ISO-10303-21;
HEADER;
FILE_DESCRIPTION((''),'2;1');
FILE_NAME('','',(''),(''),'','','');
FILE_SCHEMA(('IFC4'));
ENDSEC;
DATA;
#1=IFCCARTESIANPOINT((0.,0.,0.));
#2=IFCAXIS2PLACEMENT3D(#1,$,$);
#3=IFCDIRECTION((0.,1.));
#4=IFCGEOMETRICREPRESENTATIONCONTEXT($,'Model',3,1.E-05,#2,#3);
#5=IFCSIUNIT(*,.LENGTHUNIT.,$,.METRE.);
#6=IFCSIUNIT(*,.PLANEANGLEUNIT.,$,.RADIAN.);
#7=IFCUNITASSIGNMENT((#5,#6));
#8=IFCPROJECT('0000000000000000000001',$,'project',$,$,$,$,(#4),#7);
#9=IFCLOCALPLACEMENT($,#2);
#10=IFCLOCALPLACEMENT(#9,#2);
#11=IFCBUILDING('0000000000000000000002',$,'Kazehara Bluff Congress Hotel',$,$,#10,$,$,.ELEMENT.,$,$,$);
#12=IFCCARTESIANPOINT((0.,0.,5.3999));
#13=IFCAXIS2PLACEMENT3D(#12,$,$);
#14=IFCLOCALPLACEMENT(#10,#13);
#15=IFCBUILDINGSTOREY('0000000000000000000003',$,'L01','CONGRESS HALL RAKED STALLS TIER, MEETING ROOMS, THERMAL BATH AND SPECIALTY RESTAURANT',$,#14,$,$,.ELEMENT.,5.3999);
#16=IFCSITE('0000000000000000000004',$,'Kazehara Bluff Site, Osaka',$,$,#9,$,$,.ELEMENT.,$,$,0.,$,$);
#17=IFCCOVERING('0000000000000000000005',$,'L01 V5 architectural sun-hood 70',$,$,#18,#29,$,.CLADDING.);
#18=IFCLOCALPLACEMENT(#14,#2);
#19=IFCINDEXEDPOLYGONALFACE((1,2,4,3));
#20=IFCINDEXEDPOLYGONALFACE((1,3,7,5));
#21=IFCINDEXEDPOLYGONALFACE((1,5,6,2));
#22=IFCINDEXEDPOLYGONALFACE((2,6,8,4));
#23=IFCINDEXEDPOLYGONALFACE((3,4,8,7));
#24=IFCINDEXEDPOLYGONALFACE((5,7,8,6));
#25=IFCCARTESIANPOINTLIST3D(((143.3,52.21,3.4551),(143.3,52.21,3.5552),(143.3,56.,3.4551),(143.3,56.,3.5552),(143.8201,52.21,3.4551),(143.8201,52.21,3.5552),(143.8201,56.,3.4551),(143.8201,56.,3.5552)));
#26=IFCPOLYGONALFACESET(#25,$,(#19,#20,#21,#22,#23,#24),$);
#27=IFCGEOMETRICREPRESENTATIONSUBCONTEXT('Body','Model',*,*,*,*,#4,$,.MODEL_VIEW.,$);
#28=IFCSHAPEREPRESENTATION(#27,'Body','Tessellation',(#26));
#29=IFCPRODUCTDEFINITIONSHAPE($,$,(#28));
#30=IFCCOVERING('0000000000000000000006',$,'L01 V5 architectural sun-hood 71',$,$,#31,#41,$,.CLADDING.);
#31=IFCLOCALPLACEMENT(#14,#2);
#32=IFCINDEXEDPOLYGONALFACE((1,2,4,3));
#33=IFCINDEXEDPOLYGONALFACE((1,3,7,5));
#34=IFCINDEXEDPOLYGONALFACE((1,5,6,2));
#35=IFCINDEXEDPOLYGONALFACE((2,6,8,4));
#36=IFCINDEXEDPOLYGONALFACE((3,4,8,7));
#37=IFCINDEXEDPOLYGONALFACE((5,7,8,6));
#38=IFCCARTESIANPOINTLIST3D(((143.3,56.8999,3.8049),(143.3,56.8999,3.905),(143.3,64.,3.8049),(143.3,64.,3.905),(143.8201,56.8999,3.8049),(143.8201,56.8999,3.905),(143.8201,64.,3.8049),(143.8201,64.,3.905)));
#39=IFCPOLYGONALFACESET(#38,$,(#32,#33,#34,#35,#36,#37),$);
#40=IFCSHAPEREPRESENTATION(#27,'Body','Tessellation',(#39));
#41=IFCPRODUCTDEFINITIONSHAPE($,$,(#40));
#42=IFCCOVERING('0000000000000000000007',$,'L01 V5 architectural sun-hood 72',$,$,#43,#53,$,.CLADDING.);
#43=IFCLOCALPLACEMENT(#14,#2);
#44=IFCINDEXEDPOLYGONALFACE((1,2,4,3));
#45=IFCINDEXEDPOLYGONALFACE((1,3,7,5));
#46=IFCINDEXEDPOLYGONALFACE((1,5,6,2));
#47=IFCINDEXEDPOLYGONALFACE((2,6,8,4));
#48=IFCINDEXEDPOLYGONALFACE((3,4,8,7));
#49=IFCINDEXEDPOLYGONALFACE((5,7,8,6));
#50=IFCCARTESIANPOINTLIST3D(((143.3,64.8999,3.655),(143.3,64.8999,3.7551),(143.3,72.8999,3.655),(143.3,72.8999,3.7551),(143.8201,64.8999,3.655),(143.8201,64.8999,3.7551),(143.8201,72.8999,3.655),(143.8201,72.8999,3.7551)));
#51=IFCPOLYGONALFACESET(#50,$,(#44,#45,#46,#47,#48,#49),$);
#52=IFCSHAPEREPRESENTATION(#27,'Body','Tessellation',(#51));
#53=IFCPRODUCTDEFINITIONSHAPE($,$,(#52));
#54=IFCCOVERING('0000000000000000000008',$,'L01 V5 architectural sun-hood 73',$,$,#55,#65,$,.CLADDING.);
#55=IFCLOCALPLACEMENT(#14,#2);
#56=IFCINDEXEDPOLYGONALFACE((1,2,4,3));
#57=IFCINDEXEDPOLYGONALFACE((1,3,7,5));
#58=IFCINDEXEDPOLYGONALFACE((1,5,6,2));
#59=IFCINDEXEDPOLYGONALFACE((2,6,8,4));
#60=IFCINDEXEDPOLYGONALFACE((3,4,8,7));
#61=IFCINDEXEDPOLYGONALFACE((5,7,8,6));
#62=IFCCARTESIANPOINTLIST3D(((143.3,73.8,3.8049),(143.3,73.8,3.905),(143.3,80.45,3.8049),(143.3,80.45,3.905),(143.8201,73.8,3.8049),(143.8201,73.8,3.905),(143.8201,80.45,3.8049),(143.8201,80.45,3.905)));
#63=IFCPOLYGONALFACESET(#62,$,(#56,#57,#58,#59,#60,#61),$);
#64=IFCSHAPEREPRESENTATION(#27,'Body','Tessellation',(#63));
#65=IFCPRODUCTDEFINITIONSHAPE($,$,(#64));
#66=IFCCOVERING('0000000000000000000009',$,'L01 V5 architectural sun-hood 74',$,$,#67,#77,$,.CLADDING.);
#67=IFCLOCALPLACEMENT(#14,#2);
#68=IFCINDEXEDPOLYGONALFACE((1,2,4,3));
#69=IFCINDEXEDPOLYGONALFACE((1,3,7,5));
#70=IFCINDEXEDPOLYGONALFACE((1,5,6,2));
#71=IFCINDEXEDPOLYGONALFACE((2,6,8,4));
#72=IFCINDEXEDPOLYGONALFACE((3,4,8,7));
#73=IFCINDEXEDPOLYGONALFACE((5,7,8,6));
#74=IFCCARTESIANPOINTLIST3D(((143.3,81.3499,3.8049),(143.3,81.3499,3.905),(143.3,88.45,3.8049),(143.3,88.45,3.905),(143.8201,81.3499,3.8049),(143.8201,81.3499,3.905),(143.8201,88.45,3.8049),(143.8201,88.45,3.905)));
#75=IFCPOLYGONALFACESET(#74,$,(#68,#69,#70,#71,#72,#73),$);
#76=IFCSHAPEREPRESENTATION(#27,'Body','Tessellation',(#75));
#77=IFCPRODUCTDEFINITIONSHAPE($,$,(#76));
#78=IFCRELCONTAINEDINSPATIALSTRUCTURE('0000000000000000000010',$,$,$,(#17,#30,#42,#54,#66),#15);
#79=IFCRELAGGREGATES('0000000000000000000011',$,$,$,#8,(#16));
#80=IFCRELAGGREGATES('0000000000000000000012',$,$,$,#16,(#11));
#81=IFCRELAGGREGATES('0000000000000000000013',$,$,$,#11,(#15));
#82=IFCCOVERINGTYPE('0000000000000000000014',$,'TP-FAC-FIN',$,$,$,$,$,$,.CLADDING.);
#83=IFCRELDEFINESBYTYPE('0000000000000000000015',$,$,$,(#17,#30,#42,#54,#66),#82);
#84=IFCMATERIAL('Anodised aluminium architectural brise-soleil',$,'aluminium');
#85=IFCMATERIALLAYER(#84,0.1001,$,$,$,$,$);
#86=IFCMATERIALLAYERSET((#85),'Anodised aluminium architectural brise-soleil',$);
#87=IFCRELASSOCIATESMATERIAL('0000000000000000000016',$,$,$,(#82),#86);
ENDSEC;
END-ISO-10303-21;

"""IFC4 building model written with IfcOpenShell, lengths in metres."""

from ifc_helpers import new_model, si_unit, direction, frame, origin, origin_2d, place, context, subcontext, project, spatial, rectangle, extrude, material, layer, layer_set, type_object, element, save


model = new_model("IFC4")

# Units and contexts
model_context = context("Model", 3, precision=1e-05, world=origin(), true_north=direction((0.0, 1.0)))
body_context = subcontext(model_context, "Body", "Model", "MODEL_VIEW")
ifc_project = project(units=[si_unit("LENGTHUNIT", "METRE"), si_unit("PLANEANGLEUNIT", "RADIAN")], contexts=[model_context])

# Site, building, storey
site_placement = place(None, origin())
site = spatial("IfcSite", under=ifc_project, at=site_placement, Name="Kazehara Bluff Site, Osaka", CompositionType="ELEMENT", RefElevation=0.0)
building_placement = place(site_placement, origin())
building = spatial("IfcBuilding", under=site, at=building_placement, Name="Kazehara Bluff Congress Hotel", CompositionType="ELEMENT")
storey_placement = place(building_placement, frame((0.0, 0.0, 5.3999)))
storey = spatial("IfcBuildingStorey", under=building, at=storey_placement, Name="L01", Description="CONGRESS HALL RAKED STALLS TIER, MEETING ROOMS, THERMAL BATH AND SPECIALTY RESTAURANT", CompositionType="ELEMENT", Elevation=5.3999)

# Coverings
ifc_material_1 = material(Name="Anodised aluminium architectural brise-soleil", Category="aluminium")
ifc_layer_1 = layer(ifc_material_1, 0.1001)
ifc_layer_set_1 = layer_set([ifc_layer_1], Name="Anodised aluminium architectural brise-soleil")
covering_type = type_object("IfcCoveringType", Name="TP-FAC-FIN", PredefinedType="CLADDING", material=ifc_layer_set_1)
covering_1_placement = place(storey_placement, frame((143.5601, 54.105, 3.4551), z_axis=(0.0, 0.0, 1.0), x_axis=(1.0, 0.0, 0.0)))
element("IfcCovering", 1, at=covering_1_placement, inside=storey, type_object=covering_type, Name="L01 V5 architectural sun-hood 70", PredefinedType="CLADDING", context=body_context, shape_type="SweptSolid", body=[
    extrude(rectangle(XDim=0.52, YDim=3.79, at=origin_2d()), origin(), (0.0, 0.0, 1.0), 0.1001),
])
covering_2_placement = place(storey_placement, frame((143.5601, 60.45, 3.8049), z_axis=(0.0, 0.0, 1.0), x_axis=(1.0, 0.0, 0.0)))
element("IfcCovering", 2, at=covering_2_placement, inside=storey, type_object=covering_type, Name="L01 V5 architectural sun-hood 71", PredefinedType="CLADDING", context=body_context, shape_type="SweptSolid", body=[
    extrude(rectangle(XDim=0.52, YDim=7.1001, at=origin_2d()), origin(), (0.0, 0.0, 1.0), 0.1001),
])
covering_3_placement = place(storey_placement, frame((143.5601, 68.8999, 3.655), z_axis=(0.0, 0.0, 1.0), x_axis=(1.0, 0.0, 0.0)))
element("IfcCovering", 3, at=covering_3_placement, inside=storey, type_object=covering_type, Name="L01 V5 architectural sun-hood 72", PredefinedType="CLADDING", context=body_context, shape_type="SweptSolid", body=[
    extrude(rectangle(XDim=0.52, YDim=8.0, at=origin_2d()), origin(), (0.0, 0.0, 1.0), 0.1001),
])
covering_4_placement = place(storey_placement, frame((143.5601, 77.125, 3.8049), z_axis=(0.0, 0.0, 1.0), x_axis=(1.0, 0.0, 0.0)))
element("IfcCovering", 4, at=covering_4_placement, inside=storey, type_object=covering_type, Name="L01 V5 architectural sun-hood 73", PredefinedType="CLADDING", context=body_context, shape_type="SweptSolid", body=[
    extrude(rectangle(XDim=0.52, YDim=6.6499, at=origin_2d()), origin(), (0.0, 0.0, 1.0), 0.1001),
])
covering_5_placement = place(storey_placement, frame((143.5601, 84.8999, 3.8049), z_axis=(0.0, 0.0, 1.0), x_axis=(1.0, 0.0, 0.0)))
element("IfcCovering", 5, at=covering_5_placement, inside=storey, type_object=covering_type, Name="L01 V5 architectural sun-hood 74", PredefinedType="CLADDING", context=body_context, shape_type="SweptSolid", body=[
    extrude(rectangle(XDim=0.52, YDim=7.1001, at=origin_2d()), origin(), (0.0, 0.0, 1.0), 0.1001),
])

save(model, "model.ifc")
